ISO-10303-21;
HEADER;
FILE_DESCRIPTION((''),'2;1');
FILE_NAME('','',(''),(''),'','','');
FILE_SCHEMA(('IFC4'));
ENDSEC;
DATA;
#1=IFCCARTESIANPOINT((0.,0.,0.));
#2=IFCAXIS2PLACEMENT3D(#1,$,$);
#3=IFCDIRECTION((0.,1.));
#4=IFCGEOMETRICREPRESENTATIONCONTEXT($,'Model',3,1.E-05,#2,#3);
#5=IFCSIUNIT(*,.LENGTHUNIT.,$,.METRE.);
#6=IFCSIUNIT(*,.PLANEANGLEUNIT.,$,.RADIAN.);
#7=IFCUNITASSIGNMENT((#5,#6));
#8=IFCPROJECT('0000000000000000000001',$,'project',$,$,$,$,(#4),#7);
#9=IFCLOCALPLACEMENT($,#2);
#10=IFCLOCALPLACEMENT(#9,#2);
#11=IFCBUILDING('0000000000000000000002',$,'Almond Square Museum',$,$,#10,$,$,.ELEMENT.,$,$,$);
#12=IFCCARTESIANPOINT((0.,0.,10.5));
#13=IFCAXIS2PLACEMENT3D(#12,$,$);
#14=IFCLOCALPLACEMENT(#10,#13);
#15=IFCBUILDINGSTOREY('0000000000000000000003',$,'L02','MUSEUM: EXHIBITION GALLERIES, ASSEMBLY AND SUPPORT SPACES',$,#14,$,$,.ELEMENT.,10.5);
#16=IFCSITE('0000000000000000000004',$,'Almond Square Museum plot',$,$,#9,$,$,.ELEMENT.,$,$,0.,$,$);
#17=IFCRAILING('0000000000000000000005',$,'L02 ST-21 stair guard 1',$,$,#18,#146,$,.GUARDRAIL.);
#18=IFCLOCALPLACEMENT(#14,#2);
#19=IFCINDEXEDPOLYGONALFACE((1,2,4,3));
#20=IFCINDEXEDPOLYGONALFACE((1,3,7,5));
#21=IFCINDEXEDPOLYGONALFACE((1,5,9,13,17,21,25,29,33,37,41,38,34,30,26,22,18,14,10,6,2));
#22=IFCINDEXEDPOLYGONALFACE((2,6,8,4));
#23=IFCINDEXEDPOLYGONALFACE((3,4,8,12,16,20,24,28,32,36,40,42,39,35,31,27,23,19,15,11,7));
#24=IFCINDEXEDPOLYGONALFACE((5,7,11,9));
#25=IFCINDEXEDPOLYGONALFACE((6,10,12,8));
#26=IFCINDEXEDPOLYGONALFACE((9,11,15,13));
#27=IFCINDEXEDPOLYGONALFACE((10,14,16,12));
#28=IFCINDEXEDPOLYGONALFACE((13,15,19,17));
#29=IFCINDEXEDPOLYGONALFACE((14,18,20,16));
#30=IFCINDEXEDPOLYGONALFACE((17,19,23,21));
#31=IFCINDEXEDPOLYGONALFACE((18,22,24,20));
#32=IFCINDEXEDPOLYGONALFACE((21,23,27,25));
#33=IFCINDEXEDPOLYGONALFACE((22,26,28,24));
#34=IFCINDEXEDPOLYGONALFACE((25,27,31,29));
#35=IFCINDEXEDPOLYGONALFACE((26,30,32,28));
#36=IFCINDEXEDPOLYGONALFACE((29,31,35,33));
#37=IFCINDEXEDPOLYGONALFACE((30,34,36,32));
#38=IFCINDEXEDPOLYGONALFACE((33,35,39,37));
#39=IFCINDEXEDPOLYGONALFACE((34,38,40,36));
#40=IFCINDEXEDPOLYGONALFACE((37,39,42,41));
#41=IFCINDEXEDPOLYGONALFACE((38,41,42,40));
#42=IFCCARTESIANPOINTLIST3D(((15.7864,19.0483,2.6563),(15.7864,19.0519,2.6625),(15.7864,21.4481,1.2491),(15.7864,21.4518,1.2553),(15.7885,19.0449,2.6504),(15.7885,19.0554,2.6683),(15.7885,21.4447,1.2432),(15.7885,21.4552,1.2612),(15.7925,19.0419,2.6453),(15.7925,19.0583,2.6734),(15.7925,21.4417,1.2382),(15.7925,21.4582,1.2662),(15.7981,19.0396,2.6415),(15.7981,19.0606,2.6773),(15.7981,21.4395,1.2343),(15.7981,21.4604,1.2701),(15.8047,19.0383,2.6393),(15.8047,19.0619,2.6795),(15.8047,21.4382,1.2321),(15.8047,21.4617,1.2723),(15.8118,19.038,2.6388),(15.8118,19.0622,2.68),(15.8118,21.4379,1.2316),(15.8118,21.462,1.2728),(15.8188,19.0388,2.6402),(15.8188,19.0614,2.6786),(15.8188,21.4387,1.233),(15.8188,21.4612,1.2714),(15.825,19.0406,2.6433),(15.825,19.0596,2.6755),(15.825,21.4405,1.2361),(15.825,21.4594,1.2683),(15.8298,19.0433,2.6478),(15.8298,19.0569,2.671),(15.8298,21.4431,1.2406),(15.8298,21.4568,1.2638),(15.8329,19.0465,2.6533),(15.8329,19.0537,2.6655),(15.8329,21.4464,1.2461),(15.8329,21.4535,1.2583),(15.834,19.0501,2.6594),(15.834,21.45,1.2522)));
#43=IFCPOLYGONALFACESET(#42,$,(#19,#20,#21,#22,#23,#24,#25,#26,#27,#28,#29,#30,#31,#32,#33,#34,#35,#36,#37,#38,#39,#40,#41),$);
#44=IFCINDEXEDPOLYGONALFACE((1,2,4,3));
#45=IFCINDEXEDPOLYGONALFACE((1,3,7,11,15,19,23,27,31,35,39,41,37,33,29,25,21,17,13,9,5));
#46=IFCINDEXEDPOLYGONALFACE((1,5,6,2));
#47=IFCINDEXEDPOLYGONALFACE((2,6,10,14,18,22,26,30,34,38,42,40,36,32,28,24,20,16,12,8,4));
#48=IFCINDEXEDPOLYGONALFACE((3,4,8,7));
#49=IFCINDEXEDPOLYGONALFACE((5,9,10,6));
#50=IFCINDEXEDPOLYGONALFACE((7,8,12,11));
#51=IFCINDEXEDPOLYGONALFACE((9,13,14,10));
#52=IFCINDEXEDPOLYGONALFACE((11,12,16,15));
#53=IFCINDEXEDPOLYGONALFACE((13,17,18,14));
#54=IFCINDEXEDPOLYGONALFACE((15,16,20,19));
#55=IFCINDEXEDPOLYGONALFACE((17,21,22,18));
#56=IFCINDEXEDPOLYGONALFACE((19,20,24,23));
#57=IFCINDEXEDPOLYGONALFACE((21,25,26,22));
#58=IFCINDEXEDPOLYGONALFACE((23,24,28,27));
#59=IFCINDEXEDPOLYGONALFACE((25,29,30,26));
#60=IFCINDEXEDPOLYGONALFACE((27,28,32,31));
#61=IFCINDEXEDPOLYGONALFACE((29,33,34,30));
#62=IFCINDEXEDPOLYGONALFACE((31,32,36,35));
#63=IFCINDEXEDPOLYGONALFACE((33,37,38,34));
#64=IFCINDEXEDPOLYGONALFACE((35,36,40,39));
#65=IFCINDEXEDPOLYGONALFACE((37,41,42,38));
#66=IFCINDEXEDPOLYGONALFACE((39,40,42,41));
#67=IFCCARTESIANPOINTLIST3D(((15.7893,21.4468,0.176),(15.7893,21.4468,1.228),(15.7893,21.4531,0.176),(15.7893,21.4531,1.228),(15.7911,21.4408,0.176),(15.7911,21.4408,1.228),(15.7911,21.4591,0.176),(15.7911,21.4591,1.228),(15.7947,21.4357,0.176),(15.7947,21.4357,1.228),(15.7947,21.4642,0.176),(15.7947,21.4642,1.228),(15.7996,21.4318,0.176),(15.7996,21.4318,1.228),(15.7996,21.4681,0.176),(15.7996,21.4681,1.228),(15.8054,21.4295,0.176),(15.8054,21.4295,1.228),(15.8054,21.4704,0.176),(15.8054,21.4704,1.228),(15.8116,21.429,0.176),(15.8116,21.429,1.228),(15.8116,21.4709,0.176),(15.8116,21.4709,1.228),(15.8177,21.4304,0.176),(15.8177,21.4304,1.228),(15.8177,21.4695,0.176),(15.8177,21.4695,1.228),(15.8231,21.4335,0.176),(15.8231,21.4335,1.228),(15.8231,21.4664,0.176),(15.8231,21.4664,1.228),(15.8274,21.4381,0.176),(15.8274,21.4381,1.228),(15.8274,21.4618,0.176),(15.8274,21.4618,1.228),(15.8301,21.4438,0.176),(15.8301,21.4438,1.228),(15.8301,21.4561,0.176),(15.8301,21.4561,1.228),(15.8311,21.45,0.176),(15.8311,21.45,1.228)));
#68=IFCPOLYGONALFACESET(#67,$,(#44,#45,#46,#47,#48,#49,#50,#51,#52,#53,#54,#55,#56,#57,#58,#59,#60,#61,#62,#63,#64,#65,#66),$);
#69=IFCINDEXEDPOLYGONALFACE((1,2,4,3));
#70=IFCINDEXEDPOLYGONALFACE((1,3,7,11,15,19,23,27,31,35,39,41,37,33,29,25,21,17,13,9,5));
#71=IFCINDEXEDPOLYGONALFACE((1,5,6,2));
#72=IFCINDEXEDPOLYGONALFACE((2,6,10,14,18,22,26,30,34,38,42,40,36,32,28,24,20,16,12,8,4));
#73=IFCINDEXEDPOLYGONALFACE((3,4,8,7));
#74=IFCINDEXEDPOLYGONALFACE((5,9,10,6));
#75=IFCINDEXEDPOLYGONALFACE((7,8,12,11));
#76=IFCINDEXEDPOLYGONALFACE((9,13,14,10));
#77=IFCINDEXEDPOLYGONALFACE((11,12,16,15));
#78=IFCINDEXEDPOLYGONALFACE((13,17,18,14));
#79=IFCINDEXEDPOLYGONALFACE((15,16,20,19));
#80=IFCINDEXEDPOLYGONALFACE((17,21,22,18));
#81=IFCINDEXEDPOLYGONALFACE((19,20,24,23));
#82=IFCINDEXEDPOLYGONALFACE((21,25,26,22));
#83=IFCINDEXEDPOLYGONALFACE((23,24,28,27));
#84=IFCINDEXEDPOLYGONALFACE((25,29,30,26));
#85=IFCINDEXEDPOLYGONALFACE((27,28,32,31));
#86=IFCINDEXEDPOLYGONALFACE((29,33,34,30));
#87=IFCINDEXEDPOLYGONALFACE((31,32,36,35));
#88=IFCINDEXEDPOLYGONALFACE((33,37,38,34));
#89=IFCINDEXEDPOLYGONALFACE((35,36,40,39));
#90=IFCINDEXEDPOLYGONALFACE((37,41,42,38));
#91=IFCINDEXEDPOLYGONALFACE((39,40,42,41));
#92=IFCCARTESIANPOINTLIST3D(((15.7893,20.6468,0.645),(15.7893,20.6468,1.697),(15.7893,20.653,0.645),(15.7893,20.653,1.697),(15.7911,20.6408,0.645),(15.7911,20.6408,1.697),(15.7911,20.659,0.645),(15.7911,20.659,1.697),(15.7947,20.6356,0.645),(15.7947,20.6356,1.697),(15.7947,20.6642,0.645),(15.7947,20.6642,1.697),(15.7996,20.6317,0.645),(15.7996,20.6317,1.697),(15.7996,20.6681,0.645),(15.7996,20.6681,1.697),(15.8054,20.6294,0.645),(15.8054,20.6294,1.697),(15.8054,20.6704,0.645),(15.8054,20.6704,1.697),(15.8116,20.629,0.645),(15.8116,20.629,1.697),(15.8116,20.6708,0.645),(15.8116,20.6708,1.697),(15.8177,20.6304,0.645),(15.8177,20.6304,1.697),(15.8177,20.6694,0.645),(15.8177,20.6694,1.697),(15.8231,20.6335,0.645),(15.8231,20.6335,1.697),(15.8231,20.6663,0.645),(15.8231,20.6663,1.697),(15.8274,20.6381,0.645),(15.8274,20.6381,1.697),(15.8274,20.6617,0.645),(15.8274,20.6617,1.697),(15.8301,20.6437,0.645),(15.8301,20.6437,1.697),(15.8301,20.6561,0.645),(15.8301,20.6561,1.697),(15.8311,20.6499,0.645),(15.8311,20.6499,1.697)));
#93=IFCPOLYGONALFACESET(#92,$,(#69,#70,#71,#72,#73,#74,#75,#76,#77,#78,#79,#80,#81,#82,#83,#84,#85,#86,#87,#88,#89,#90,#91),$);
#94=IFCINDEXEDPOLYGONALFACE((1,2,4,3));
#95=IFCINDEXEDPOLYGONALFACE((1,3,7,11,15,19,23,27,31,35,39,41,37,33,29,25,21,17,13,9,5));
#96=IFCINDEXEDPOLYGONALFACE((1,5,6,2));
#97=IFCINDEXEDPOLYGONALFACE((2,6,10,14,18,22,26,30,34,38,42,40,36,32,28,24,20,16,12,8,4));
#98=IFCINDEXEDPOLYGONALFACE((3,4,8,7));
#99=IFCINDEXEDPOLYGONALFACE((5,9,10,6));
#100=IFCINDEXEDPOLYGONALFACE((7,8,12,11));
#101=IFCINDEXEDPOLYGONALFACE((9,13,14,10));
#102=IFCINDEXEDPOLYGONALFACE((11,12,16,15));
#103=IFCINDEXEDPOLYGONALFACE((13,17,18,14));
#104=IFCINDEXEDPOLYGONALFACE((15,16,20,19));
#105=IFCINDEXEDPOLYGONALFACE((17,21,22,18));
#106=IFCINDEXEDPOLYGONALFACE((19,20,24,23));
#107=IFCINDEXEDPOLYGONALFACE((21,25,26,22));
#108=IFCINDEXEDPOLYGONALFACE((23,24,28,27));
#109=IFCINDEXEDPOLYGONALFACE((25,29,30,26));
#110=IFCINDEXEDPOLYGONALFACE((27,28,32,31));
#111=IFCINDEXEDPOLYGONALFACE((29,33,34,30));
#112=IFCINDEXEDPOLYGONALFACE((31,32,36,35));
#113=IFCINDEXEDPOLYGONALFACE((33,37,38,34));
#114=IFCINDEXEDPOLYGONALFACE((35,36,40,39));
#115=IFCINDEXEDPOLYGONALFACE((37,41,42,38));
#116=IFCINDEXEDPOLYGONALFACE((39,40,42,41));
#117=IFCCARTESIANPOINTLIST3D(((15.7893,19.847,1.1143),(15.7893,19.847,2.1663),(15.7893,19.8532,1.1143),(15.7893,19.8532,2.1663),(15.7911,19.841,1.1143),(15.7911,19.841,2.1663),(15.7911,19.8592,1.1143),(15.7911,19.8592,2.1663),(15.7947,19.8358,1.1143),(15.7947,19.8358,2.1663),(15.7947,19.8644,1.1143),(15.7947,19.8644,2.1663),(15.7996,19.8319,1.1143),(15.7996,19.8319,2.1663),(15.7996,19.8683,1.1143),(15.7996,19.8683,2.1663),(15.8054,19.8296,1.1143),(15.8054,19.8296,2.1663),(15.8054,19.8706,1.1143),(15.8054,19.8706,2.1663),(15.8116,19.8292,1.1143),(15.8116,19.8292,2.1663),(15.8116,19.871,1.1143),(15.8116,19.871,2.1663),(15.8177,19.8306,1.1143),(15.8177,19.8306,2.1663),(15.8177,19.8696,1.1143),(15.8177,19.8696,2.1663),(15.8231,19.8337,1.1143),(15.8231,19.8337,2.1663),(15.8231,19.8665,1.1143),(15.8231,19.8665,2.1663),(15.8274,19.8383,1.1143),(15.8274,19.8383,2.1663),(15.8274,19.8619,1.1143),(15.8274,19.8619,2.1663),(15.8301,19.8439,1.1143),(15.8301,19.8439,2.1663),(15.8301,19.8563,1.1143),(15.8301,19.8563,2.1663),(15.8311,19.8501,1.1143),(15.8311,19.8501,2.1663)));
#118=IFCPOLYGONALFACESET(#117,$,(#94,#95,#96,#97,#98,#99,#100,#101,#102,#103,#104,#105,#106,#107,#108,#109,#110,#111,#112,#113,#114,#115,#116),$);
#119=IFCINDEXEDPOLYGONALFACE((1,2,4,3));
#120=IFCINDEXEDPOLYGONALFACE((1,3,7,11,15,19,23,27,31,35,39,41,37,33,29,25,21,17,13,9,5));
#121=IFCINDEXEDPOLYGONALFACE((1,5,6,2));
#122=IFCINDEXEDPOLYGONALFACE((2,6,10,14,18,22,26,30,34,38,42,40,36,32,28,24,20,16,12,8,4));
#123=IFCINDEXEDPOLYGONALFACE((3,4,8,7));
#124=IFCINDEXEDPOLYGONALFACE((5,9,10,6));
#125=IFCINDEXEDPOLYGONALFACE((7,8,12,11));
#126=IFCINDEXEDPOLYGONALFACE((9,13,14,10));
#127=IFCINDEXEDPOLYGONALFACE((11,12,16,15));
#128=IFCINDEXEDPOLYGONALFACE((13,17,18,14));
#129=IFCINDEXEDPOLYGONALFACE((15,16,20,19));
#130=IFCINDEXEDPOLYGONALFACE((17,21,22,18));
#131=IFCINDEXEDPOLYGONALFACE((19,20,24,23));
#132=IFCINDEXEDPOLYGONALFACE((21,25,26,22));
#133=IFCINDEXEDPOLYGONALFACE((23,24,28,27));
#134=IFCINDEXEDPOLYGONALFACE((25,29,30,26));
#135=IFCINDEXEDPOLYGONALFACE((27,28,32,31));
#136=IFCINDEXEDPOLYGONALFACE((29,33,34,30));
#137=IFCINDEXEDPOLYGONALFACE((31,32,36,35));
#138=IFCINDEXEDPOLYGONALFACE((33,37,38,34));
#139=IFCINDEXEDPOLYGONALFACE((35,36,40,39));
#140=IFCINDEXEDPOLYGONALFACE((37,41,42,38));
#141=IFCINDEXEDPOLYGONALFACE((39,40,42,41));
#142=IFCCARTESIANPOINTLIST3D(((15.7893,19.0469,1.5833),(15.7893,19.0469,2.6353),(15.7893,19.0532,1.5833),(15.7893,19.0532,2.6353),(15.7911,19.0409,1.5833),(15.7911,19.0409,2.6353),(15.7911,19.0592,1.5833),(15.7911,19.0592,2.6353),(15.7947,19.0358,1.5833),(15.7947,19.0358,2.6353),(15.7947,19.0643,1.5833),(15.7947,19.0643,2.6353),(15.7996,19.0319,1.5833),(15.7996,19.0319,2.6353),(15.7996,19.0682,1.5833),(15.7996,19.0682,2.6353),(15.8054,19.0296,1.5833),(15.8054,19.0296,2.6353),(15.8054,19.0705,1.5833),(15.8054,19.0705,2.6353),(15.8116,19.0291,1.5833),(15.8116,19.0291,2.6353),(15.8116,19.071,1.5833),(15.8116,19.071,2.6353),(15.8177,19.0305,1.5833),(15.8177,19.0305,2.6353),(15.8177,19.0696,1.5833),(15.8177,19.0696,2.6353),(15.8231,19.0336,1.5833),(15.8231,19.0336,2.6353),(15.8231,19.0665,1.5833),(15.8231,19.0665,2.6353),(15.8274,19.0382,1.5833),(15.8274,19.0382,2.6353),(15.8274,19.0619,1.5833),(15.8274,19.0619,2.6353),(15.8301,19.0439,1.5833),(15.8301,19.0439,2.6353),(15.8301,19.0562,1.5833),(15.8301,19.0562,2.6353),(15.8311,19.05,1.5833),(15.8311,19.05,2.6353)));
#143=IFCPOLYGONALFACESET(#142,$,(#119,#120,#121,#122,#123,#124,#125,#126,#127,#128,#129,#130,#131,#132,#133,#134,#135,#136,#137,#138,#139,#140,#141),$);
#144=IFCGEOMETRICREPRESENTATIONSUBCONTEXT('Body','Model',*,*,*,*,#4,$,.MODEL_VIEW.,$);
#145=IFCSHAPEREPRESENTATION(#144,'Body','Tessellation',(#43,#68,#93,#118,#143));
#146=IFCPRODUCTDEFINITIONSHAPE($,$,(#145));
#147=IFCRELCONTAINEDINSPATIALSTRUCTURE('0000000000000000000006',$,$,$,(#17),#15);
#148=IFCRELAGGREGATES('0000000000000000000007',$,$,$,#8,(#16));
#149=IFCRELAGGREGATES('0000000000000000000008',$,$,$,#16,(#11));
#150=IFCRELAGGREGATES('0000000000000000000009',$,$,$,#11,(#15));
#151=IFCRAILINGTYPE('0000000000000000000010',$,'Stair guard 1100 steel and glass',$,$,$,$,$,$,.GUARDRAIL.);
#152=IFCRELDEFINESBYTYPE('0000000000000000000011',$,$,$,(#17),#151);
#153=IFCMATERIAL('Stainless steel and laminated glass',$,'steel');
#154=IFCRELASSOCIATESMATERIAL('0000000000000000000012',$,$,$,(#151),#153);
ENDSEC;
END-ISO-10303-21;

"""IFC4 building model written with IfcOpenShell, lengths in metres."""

from ifc_helpers import new_model, si_unit, direction, frame, origin, origin_2d, place, context, subcontext, project, spatial, circle, extrude, material, type_object, element, save


model = new_model("IFC4")

# Units and contexts
model_context = context("Model", 3, precision=1e-05, world=origin(), true_north=direction((0.0, 1.0)))
body_context = subcontext(model_context, "Body", "Model", "MODEL_VIEW")
ifc_project = project(units=[si_unit("LENGTHUNIT", "METRE"), si_unit("PLANEANGLEUNIT", "RADIAN")], contexts=[model_context])

# Site, building, storey
site_placement = place(None, origin())
site = spatial("IfcSite", under=ifc_project, at=site_placement, Name="Almond Square Museum plot", CompositionType="ELEMENT", RefElevation=0.0)
building_placement = place(site_placement, origin())
building = spatial("IfcBuilding", under=site, at=building_placement, Name="Almond Square Museum", CompositionType="ELEMENT")
storey_placement = place(building_placement, frame((0.0, 0.0, 10.5)))
storey = spatial("IfcBuildingStorey", under=building, at=storey_placement, Name="L02", Description="MUSEUM: EXHIBITION GALLERIES, ASSEMBLY AND SUPPORT SPACES", CompositionType="ELEMENT", Elevation=10.5)

# Railing
ifc_material_1 = material(Name="Stainless steel and laminated glass", Category="steel")
railing_type_1 = type_object("IfcRailingType", Name="Stair guard 1100 steel and glass", PredefinedType="GUARDRAIL", material=ifc_material_1)
railing_1_placement = place(storey_placement, frame((15.8101, 21.45, 0.176)))
element("IfcRailing", 1, at=railing_1_placement, inside=storey, type_object=railing_type_1, Name="L02 ST-21 stair guard 1", PredefinedType="GUARDRAIL", context=body_context, shape_type="SweptSolid", body=[
    extrude(circle(Radius=0.0239, at=origin_2d()), frame((0.0, 0.0, 1.0762), z_axis=(0.0, -0.862637, 0.505823), x_axis=(1.0, 0.0, 0.0)), (0.0, 0.0, 1.0), 2.782),
    extrude(circle(Radius=0.021, at=origin_2d()), origin(), (0.0, 0.0, 1.0), 1.052),
    extrude(circle(Radius=0.021, at=origin_2d()), frame((0.0, -0.8, 0.469)), (0.0, 0.0, 1.0), 1.052),
    extrude(circle(Radius=0.021, at=origin_2d()), frame((0.0, -1.5999, 0.9382)), (0.0, 0.0, 1.0), 1.052),
    extrude(circle(Radius=0.021, at=origin_2d()), frame((0.0, -2.3999, 1.4072)), (0.0, 0.0, 1.0), 1.052),
])

save(model, "model.ifc")
